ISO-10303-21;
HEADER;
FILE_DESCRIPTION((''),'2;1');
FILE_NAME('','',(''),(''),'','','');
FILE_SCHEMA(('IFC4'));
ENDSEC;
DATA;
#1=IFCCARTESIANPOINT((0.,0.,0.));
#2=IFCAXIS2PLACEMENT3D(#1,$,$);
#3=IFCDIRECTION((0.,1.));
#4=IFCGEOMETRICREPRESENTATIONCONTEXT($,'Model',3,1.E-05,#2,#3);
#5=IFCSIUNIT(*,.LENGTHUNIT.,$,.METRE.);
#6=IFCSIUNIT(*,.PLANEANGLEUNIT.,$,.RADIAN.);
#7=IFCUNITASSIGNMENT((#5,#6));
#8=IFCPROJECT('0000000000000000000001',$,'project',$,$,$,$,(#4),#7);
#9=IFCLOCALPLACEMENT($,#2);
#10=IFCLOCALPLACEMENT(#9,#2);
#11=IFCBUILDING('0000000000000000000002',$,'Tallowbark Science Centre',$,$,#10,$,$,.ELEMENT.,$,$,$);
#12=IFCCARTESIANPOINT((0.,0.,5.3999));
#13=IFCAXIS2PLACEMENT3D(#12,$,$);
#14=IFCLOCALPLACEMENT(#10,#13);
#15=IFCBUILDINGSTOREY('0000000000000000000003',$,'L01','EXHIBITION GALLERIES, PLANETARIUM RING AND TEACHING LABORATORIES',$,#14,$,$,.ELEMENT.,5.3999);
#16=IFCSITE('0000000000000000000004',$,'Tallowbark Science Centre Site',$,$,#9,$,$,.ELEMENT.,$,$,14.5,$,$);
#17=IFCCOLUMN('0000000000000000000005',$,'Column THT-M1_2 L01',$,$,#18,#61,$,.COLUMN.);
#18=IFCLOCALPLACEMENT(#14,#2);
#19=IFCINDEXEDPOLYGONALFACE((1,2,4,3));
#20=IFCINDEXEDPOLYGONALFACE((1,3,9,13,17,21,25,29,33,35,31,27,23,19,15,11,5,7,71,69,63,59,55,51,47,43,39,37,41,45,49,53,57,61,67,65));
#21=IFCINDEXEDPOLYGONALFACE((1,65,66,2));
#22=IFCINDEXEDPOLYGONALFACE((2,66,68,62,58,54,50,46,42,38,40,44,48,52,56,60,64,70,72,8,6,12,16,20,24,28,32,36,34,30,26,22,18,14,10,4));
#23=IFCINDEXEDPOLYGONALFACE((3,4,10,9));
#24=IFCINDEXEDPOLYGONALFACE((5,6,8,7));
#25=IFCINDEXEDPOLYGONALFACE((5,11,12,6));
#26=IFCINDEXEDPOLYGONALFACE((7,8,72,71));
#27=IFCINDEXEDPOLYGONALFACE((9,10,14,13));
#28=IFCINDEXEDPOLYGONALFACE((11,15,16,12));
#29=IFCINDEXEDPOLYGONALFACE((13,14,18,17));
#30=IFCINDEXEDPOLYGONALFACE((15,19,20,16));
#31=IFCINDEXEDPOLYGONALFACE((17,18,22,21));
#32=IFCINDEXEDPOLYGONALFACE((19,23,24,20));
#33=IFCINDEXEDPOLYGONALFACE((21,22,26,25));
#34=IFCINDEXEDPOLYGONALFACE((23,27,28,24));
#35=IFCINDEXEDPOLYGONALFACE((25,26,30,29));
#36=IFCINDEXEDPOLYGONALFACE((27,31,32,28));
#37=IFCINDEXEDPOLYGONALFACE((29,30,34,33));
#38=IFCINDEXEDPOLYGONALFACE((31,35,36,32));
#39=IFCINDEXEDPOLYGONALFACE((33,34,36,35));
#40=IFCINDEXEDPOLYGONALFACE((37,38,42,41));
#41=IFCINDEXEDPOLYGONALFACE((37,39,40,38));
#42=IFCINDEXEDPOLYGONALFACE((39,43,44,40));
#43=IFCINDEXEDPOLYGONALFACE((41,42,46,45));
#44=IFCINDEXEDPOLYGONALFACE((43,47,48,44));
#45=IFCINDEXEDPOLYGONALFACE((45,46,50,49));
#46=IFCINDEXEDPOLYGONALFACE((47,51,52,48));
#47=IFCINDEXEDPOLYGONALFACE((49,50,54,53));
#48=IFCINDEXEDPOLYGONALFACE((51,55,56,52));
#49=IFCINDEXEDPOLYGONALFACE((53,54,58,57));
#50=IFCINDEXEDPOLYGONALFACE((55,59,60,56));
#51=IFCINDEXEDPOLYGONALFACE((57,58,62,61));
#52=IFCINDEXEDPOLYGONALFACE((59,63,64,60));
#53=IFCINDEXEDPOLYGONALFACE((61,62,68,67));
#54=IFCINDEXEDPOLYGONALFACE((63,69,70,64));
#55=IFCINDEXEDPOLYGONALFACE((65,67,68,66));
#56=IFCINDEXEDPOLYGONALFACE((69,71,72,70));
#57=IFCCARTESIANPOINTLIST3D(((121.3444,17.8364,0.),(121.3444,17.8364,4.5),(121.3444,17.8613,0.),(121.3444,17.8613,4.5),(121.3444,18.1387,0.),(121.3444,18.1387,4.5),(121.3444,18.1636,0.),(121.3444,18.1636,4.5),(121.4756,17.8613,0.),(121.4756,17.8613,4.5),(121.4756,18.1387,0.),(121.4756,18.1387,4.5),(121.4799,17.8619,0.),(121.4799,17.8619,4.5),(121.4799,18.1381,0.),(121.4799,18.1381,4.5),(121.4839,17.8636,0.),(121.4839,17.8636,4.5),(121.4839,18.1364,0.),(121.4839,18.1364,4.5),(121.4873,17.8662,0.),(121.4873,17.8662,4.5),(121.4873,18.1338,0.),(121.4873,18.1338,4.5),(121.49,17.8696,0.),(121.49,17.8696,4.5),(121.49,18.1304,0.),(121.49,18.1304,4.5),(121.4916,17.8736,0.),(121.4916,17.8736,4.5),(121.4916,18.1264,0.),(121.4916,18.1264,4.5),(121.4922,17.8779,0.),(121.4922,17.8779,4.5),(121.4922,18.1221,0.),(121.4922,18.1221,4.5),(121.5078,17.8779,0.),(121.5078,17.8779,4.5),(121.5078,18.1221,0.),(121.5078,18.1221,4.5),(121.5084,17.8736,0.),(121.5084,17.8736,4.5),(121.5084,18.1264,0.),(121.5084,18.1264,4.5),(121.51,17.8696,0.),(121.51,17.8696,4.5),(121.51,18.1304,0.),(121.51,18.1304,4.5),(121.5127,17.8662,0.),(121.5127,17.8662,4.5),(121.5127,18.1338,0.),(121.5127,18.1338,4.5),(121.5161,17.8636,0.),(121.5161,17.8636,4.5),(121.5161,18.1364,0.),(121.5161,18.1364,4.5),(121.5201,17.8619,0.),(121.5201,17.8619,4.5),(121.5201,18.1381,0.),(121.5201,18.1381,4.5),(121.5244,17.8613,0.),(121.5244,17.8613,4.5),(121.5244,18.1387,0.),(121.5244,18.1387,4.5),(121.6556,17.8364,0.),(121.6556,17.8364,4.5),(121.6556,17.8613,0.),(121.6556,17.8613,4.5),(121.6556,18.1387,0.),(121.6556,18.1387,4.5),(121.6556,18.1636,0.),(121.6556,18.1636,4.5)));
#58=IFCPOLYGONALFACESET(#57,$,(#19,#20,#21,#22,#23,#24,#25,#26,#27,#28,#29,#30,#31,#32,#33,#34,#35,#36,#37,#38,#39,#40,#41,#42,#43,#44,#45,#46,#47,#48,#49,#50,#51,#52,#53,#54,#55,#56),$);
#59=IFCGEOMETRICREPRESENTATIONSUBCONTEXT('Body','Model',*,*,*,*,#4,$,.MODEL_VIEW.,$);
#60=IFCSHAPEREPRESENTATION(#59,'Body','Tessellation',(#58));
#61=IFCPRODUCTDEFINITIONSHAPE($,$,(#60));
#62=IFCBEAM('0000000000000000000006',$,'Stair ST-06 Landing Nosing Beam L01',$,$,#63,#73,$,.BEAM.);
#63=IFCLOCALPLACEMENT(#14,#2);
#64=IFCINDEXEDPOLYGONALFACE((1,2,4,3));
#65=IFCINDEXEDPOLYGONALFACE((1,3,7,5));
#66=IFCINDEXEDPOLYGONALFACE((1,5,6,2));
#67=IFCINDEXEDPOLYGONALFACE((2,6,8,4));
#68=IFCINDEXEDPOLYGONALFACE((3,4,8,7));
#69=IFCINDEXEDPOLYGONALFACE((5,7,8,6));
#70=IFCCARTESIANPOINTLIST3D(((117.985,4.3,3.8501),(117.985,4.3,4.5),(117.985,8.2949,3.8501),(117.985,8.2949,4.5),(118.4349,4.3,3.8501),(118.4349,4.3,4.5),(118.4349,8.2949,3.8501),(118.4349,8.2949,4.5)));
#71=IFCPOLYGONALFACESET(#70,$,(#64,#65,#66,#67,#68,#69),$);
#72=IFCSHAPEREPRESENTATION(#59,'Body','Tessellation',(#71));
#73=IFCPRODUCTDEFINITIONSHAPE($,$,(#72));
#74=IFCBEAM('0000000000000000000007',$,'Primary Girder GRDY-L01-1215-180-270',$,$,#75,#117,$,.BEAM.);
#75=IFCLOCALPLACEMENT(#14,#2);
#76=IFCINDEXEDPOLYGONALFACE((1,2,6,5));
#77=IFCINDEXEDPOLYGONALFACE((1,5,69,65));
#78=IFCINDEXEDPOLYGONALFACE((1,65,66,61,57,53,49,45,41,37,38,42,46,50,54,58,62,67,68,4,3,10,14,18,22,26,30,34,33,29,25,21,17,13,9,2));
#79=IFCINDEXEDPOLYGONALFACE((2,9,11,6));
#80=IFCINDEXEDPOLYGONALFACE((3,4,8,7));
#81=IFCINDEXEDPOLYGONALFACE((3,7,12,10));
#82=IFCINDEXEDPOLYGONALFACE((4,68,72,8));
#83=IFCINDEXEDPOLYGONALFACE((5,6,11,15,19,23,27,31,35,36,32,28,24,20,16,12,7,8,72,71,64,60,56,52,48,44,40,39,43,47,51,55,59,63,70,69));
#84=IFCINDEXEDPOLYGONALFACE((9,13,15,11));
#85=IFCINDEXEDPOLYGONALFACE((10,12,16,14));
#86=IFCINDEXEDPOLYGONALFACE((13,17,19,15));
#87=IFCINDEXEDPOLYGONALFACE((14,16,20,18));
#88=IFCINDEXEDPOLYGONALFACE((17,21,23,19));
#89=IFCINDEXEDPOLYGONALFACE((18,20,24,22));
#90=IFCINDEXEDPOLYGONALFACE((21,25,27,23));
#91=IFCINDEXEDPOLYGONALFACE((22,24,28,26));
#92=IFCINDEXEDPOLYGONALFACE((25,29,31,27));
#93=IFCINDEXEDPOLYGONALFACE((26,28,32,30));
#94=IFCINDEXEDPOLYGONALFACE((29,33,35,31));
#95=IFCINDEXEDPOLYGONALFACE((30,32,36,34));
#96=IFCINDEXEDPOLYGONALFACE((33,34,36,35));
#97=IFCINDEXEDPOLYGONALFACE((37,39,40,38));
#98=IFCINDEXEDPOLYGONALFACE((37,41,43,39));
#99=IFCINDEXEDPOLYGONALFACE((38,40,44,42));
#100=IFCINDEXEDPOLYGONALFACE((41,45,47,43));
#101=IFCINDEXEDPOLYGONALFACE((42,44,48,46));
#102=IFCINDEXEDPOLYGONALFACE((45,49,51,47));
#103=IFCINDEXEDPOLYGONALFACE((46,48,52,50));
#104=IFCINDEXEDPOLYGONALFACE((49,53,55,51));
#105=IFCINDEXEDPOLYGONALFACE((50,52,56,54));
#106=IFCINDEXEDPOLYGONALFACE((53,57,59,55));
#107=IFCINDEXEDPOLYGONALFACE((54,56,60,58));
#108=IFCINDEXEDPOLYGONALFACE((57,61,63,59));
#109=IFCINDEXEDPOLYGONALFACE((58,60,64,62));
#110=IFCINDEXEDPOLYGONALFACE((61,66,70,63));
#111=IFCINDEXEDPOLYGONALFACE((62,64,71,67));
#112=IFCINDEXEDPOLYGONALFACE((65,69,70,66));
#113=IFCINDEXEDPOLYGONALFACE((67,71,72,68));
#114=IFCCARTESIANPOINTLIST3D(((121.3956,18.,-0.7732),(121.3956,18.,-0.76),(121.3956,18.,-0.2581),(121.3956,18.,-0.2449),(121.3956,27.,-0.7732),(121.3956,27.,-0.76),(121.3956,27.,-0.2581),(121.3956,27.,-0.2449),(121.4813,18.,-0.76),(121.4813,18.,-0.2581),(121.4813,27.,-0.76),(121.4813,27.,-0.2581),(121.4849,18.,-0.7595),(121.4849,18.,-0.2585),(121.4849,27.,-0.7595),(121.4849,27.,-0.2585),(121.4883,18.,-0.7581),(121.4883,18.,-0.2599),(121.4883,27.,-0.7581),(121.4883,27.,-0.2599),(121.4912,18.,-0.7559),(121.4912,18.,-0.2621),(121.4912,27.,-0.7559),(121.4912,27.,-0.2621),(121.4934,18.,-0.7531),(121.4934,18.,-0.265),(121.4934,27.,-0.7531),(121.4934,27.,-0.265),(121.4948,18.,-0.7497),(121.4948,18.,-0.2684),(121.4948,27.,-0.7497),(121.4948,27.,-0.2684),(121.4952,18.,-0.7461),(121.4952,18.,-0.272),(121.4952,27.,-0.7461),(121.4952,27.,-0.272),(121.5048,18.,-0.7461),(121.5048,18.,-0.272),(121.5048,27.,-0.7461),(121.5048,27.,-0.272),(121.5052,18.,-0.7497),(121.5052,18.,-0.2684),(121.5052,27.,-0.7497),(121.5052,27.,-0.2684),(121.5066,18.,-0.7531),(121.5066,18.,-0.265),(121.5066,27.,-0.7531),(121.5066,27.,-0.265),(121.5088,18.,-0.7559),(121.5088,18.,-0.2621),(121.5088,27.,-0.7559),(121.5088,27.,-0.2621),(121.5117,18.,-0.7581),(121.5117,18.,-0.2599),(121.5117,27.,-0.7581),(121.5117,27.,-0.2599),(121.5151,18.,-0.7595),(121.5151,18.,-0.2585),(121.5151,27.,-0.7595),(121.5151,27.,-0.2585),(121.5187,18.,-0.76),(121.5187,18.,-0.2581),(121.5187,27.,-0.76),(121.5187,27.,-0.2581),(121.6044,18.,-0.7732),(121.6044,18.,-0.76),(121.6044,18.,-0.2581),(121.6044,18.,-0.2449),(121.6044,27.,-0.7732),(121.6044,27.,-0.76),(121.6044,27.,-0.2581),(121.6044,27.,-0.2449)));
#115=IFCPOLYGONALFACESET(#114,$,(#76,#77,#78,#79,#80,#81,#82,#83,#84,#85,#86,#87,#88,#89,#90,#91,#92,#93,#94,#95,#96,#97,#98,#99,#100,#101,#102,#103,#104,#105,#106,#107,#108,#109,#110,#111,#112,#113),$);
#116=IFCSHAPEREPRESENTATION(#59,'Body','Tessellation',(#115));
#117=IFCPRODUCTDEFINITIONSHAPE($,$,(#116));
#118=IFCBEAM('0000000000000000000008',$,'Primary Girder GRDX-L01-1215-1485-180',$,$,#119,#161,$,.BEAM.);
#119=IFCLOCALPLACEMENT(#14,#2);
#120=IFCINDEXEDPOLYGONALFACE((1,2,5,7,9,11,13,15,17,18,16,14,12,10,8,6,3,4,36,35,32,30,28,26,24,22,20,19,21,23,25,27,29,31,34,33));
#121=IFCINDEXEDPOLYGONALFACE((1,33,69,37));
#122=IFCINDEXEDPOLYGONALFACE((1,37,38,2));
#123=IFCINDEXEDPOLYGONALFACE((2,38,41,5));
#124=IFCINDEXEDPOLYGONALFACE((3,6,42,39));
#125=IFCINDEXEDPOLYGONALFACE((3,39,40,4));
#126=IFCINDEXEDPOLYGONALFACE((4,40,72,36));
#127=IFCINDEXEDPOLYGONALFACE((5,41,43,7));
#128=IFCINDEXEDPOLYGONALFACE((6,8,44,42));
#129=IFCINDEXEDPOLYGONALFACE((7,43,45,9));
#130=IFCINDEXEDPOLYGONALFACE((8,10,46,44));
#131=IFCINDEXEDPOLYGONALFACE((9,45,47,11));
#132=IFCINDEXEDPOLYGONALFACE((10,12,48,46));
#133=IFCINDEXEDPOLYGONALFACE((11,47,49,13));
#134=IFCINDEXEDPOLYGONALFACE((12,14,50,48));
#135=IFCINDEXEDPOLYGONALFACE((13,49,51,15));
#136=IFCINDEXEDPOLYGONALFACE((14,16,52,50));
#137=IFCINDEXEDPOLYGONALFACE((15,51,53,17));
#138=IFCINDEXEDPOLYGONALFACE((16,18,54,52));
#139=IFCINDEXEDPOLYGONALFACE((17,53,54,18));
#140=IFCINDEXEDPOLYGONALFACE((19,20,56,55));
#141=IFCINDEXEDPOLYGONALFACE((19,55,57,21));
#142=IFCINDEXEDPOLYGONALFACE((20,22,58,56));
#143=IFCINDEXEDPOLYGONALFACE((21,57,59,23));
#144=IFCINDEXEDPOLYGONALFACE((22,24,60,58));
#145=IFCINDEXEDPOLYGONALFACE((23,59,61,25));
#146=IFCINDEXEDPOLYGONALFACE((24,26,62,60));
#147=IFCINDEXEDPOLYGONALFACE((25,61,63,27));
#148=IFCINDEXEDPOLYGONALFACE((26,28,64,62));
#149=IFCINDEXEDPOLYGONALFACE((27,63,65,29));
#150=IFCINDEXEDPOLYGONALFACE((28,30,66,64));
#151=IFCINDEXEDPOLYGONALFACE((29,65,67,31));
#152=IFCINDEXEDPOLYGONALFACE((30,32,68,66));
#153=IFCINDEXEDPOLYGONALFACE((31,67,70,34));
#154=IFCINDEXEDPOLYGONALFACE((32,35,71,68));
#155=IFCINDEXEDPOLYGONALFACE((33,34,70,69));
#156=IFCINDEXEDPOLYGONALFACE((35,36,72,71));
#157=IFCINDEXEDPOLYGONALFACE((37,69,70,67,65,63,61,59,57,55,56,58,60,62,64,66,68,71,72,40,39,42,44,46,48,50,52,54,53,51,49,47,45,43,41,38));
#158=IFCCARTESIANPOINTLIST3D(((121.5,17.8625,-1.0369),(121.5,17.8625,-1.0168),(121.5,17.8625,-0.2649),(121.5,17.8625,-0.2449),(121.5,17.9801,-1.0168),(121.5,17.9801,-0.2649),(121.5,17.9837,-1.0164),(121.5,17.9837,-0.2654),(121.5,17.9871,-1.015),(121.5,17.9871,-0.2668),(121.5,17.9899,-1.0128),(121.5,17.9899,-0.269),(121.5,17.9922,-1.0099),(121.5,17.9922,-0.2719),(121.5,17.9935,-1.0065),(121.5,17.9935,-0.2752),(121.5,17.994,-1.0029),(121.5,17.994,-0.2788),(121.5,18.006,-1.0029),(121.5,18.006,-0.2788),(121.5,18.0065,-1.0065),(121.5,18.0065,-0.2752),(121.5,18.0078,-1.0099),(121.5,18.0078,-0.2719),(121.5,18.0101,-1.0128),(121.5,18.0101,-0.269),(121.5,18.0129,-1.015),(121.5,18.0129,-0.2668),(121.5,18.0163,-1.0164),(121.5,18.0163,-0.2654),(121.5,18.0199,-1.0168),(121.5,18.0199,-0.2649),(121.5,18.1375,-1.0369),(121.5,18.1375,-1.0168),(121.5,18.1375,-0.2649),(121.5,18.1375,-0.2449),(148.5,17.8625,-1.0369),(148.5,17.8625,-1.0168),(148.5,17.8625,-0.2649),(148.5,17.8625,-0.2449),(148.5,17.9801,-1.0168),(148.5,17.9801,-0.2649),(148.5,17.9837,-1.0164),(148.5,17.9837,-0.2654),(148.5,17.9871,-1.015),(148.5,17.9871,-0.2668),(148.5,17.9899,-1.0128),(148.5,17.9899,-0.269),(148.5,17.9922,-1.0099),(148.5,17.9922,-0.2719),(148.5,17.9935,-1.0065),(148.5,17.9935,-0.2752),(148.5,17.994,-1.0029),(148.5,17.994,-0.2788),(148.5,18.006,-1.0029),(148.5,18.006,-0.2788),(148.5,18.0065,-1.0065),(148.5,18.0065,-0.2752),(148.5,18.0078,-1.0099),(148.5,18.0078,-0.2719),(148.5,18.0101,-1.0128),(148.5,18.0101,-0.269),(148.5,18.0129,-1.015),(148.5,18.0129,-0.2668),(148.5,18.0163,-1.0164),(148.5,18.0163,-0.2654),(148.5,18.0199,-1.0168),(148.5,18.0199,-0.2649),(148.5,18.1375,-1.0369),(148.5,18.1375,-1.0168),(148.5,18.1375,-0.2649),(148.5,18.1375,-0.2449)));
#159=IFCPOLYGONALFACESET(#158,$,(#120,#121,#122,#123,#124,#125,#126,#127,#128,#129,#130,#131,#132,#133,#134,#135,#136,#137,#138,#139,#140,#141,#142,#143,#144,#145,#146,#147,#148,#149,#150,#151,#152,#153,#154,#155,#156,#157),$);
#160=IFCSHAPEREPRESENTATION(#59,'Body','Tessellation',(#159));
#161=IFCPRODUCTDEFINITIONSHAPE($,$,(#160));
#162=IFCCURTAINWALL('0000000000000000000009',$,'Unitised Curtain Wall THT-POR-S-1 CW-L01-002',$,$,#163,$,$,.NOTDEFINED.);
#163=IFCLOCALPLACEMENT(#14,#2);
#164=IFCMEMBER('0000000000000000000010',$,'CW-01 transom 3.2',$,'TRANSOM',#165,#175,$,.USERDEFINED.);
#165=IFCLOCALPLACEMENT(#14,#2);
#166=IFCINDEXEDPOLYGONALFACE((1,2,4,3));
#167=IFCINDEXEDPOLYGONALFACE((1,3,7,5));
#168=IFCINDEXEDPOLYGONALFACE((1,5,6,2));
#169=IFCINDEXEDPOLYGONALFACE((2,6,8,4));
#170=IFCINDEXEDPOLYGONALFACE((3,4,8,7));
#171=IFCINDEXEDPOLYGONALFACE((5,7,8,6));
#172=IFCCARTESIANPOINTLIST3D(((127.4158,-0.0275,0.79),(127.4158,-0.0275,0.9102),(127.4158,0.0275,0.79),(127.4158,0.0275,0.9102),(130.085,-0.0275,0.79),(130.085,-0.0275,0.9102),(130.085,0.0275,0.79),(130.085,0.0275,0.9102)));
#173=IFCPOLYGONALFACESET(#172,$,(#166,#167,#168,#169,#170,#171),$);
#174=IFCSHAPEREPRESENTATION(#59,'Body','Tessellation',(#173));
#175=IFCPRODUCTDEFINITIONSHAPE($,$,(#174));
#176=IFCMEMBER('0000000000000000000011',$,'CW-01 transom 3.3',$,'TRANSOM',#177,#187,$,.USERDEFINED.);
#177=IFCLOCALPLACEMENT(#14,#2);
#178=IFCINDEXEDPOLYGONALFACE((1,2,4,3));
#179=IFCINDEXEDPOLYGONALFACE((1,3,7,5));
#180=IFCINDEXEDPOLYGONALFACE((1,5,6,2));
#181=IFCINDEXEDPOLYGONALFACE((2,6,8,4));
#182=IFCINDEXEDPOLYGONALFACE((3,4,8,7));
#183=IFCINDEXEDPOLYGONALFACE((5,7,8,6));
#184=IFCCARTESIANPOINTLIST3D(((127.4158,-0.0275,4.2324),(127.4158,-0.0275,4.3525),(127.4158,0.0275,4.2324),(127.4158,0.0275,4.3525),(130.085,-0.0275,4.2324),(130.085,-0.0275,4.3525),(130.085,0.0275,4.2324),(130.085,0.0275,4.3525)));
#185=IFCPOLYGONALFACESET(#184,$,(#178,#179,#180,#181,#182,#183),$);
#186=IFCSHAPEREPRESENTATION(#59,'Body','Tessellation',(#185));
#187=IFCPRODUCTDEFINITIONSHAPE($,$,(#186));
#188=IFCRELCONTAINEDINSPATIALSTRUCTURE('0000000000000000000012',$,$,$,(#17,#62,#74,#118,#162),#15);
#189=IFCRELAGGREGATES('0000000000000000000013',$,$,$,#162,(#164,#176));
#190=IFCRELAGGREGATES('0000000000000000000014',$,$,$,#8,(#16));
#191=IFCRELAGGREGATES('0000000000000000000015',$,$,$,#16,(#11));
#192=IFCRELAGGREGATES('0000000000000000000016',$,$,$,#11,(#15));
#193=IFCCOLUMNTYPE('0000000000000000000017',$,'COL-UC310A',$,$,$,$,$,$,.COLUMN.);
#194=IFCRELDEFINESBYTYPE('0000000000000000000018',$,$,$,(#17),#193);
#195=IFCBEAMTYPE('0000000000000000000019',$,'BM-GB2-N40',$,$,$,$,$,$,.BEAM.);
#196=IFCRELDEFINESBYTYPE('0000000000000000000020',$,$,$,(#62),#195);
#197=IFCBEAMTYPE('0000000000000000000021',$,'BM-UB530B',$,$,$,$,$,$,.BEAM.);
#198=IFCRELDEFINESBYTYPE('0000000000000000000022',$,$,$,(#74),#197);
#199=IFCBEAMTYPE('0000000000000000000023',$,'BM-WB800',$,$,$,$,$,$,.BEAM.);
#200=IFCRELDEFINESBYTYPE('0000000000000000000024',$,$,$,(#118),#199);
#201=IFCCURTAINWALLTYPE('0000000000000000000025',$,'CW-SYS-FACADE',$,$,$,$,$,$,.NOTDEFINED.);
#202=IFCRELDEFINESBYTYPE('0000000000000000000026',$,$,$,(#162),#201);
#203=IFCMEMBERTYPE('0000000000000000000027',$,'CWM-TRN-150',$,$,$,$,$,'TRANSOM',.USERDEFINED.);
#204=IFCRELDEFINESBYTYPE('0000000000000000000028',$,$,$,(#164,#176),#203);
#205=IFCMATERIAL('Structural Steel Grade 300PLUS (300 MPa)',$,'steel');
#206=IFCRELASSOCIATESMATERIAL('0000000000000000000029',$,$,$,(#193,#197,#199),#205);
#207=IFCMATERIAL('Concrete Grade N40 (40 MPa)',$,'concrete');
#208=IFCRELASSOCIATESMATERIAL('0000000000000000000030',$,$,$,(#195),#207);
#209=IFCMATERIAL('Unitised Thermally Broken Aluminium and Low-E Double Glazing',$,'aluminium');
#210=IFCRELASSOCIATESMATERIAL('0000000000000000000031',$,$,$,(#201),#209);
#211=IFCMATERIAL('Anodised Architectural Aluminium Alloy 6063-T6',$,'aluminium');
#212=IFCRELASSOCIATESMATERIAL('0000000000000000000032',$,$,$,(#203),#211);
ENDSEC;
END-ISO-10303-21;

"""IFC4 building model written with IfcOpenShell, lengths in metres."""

from ifc_helpers import new_model, si_unit, direction, frame, origin, origin_2d, place, context, subcontext, project, spatial, rectangle, i_section, extrude, material, material_profile, profile_set, type_object, element, aggregate, save


model = new_model("IFC4")

# Units and contexts
model_context = context("Model", 3, precision=1e-05, world=origin(), true_north=direction((0.0, 1.0)))
body_context = subcontext(model_context, "Body", "Model", "MODEL_VIEW")
ifc_project = project(units=[si_unit("LENGTHUNIT", "METRE"), si_unit("PLANEANGLEUNIT", "RADIAN")], contexts=[model_context])

# Site, building, storey
site_placement = place(None, origin())
site = spatial("IfcSite", under=ifc_project, at=site_placement, Name="Tallowbark Science Centre Site", CompositionType="ELEMENT", RefElevation=14.5)
building_placement = place(site_placement, origin())
building = spatial("IfcBuilding", under=site, at=building_placement, Name="Tallowbark Science Centre", CompositionType="ELEMENT")
storey_placement = place(building_placement, frame((0.0, 0.0, 5.3999)))
storey = spatial("IfcBuildingStorey", under=building, at=storey_placement, Name="L01", Description="EXHIBITION GALLERIES, PLANETARIUM RING AND TEACHING LABORATORIES", CompositionType="ELEMENT", Elevation=5.3999)

# Column
ifc_material_1 = material(Name="Structural Steel Grade 300PLUS (300 MPa)", Category="steel")
ifc_material_profile_1 = material_profile(ifc_material_1, i_section(OverallWidth=0.3113, OverallDepth=0.3271, WebThickness=0.0156, FlangeThickness=0.0249, FilletRadius=0.0166, at=origin_2d()), Name="310UC158")
ifc_profile_set_1 = profile_set([ifc_material_profile_1], Name="Structural Steel Grade 300PLUS (300 MPa)")
column_type = type_object("IfcColumnType", Name="COL-UC310A", PredefinedType="COLUMN", material=ifc_profile_set_1)
column_placement = place(storey_placement, frame((121.5, 18.0, 0.0), z_axis=(0.0, 0.0, 1.0), x_axis=(1.0, 0.0, 0.0)))
element("IfcColumn", 1, at=column_placement, inside=storey, type_object=column_type, Name="Column THT-M1_2 L01", PredefinedType="COLUMN", context=body_context, shape_type="SweptSolid", body=[
    extrude(i_section(OverallWidth=0.3113, OverallDepth=0.3271, WebThickness=0.0156, FlangeThickness=0.0249, FilletRadius=0.0166, at=origin_2d()), origin(), (0.0, 0.0, 1.0), 4.5),
])

# Beams
ifc_material_2 = material(Name="Concrete Grade N40 (40 MPa)", Category="concrete")
ifc_material_profile_2 = material_profile(ifc_material_2, rectangle(XDim=0.45, YDim=0.6499, at=origin_2d()), Name="RC450x650")
ifc_profile_set_2 = profile_set([ifc_material_profile_2], Name="Concrete Grade N40 (40 MPa)")
beam_type_1 = type_object("IfcBeamType", Name="BM-GB2-N40", PredefinedType="BEAM", material=ifc_profile_set_2)
beam_1_placement = place(storey_placement, frame((118.21, 4.3, 4.175), z_axis=(0.0, 1.0, 0.0), x_axis=(-1.0, 0.0, 0.0)))
element("IfcBeam", 2, at=beam_1_placement, inside=storey, type_object=beam_type_1, Name="Stair ST-06 Landing Nosing Beam L01", PredefinedType="BEAM", context=body_context, shape_type="SweptSolid", body=[
    extrude(rectangle(XDim=0.45, YDim=0.6499, at=origin_2d()), origin(), (0.0, 0.0, 1.0), 3.9949),
])
ifc_material_profile_3 = material_profile(ifc_material_1, i_section(OverallWidth=0.2087, OverallDepth=0.5283, WebThickness=0.0095, FlangeThickness=0.0132, FilletRadius=0.0139, at=origin_2d()), Name="530UB82.0")
ifc_profile_set_3 = profile_set([ifc_material_profile_3], Name="Structural Steel Grade 300PLUS (300 MPa)")
beam_type_2 = type_object("IfcBeamType", Name="BM-UB530B", PredefinedType="BEAM", material=ifc_profile_set_3)
beam_2_placement = place(storey_placement, frame((121.5, 18.0, -0.509), z_axis=(0.0, 1.0, 0.0), x_axis=(-1.0, 0.0, 0.0)))
element("IfcBeam", 3, at=beam_2_placement, inside=storey, type_object=beam_type_2, Name="Primary Girder GRDY-L01-1215-180-270", PredefinedType="BEAM", context=body_context, shape_type="SweptSolid", body=[
    extrude(i_section(OverallWidth=0.2087, OverallDepth=0.5283, WebThickness=0.0095, FlangeThickness=0.0132, FilletRadius=0.0139, at=origin_2d()), origin(), (0.0, 0.0, 1.0), 9.0),
])
ifc_material_profile_4 = material_profile(ifc_material_1, i_section(OverallWidth=0.2749, OverallDepth=0.792, WebThickness=0.012, FlangeThickness=0.02, FilletRadius=0.0139, at=origin_2d()), Name="800WB146")
ifc_profile_set_4 = profile_set([ifc_material_profile_4], Name="Structural Steel Grade 300PLUS (300 MPa)")
beam_type_3 = type_object("IfcBeamType", Name="BM-WB800", PredefinedType="BEAM", material=ifc_profile_set_4)
beam_3_placement = place(storey_placement, frame((121.5, 18.0, -0.6409), z_axis=(1.0, 0.0, 0.0), x_axis=(0.0, 1.0, 0.0)))
element("IfcBeam", 4, at=beam_3_placement, inside=storey, type_object=beam_type_3, Name="Primary Girder GRDX-L01-1215-1485-180", PredefinedType="BEAM", context=body_context, shape_type="SweptSolid", body=[
    extrude(i_section(OverallWidth=0.2749, OverallDepth=0.792, WebThickness=0.012, FlangeThickness=0.02, FilletRadius=0.0139, at=origin_2d()), origin(), (0.0, 0.0, 1.0), 27.0),
])

# Curtain wall, members
ifc_material_3 = material(Name="Unitised Thermally Broken Aluminium and Low-E Double Glazing", Category="aluminium")
curtain_wall_type = type_object("IfcCurtainWallType", Name="CW-SYS-FACADE", PredefinedType="NOTDEFINED", material=ifc_material_3)
curtain_wall_placement = place(storey_placement, origin())
curtain_wall = element("IfcCurtainWall", 5, at=curtain_wall_placement, inside=storey, type_object=curtain_wall_type, Name="Unitised Curtain Wall THT-POR-S-1 CW-L01-002", PredefinedType="NOTDEFINED")
ifc_material_4 = material(Name="Anodised Architectural Aluminium Alloy 6063-T6", Category="aluminium")
ifc_material_profile_5 = material_profile(ifc_material_4, rectangle(XDim=0.0549, YDim=0.1201, at=origin_2d()), Name="ALU55x120")
ifc_profile_set_5 = profile_set([ifc_material_profile_5], Name="Anodised Architectural Aluminium Alloy 6063-T6")
member_type = type_object("IfcMemberType", Name="CWM-TRN-150", ElementType="TRANSOM", PredefinedType="USERDEFINED", material=ifc_profile_set_5)
member_1_placement = place(storey_placement, frame((127.4158, 0.0, 0.8501), z_axis=(1.0, 0.0, 0.0), x_axis=(0.0, 1.0, 0.0)))
member_1 = element("IfcMember", 6, at=member_1_placement, type_object=member_type, Name="CW-01 transom 3.2", ObjectType="TRANSOM", PredefinedType="USERDEFINED", context=body_context, shape_type="SweptSolid", body=[
    extrude(rectangle(XDim=0.0549, YDim=0.1201, at=origin_2d()), origin(), (0.0, 0.0, 1.0), 2.6692),
])
member_2_placement = place(storey_placement, frame((127.4158, 0.0, 4.2925), z_axis=(1.0, 0.0, 0.0), x_axis=(0.0, 1.0, 0.0)))
member_2 = element("IfcMember", 7, at=member_2_placement, type_object=member_type, Name="CW-01 transom 3.3", ObjectType="TRANSOM", PredefinedType="USERDEFINED", context=body_context, shape_type="SweptSolid", body=[
    extrude(rectangle(XDim=0.0549, YDim=0.1201, at=origin_2d()), origin(), (0.0, 0.0, 1.0), 2.6692),
])
aggregate(curtain_wall, [member_1, member_2])

save(model, "model.ifc")
